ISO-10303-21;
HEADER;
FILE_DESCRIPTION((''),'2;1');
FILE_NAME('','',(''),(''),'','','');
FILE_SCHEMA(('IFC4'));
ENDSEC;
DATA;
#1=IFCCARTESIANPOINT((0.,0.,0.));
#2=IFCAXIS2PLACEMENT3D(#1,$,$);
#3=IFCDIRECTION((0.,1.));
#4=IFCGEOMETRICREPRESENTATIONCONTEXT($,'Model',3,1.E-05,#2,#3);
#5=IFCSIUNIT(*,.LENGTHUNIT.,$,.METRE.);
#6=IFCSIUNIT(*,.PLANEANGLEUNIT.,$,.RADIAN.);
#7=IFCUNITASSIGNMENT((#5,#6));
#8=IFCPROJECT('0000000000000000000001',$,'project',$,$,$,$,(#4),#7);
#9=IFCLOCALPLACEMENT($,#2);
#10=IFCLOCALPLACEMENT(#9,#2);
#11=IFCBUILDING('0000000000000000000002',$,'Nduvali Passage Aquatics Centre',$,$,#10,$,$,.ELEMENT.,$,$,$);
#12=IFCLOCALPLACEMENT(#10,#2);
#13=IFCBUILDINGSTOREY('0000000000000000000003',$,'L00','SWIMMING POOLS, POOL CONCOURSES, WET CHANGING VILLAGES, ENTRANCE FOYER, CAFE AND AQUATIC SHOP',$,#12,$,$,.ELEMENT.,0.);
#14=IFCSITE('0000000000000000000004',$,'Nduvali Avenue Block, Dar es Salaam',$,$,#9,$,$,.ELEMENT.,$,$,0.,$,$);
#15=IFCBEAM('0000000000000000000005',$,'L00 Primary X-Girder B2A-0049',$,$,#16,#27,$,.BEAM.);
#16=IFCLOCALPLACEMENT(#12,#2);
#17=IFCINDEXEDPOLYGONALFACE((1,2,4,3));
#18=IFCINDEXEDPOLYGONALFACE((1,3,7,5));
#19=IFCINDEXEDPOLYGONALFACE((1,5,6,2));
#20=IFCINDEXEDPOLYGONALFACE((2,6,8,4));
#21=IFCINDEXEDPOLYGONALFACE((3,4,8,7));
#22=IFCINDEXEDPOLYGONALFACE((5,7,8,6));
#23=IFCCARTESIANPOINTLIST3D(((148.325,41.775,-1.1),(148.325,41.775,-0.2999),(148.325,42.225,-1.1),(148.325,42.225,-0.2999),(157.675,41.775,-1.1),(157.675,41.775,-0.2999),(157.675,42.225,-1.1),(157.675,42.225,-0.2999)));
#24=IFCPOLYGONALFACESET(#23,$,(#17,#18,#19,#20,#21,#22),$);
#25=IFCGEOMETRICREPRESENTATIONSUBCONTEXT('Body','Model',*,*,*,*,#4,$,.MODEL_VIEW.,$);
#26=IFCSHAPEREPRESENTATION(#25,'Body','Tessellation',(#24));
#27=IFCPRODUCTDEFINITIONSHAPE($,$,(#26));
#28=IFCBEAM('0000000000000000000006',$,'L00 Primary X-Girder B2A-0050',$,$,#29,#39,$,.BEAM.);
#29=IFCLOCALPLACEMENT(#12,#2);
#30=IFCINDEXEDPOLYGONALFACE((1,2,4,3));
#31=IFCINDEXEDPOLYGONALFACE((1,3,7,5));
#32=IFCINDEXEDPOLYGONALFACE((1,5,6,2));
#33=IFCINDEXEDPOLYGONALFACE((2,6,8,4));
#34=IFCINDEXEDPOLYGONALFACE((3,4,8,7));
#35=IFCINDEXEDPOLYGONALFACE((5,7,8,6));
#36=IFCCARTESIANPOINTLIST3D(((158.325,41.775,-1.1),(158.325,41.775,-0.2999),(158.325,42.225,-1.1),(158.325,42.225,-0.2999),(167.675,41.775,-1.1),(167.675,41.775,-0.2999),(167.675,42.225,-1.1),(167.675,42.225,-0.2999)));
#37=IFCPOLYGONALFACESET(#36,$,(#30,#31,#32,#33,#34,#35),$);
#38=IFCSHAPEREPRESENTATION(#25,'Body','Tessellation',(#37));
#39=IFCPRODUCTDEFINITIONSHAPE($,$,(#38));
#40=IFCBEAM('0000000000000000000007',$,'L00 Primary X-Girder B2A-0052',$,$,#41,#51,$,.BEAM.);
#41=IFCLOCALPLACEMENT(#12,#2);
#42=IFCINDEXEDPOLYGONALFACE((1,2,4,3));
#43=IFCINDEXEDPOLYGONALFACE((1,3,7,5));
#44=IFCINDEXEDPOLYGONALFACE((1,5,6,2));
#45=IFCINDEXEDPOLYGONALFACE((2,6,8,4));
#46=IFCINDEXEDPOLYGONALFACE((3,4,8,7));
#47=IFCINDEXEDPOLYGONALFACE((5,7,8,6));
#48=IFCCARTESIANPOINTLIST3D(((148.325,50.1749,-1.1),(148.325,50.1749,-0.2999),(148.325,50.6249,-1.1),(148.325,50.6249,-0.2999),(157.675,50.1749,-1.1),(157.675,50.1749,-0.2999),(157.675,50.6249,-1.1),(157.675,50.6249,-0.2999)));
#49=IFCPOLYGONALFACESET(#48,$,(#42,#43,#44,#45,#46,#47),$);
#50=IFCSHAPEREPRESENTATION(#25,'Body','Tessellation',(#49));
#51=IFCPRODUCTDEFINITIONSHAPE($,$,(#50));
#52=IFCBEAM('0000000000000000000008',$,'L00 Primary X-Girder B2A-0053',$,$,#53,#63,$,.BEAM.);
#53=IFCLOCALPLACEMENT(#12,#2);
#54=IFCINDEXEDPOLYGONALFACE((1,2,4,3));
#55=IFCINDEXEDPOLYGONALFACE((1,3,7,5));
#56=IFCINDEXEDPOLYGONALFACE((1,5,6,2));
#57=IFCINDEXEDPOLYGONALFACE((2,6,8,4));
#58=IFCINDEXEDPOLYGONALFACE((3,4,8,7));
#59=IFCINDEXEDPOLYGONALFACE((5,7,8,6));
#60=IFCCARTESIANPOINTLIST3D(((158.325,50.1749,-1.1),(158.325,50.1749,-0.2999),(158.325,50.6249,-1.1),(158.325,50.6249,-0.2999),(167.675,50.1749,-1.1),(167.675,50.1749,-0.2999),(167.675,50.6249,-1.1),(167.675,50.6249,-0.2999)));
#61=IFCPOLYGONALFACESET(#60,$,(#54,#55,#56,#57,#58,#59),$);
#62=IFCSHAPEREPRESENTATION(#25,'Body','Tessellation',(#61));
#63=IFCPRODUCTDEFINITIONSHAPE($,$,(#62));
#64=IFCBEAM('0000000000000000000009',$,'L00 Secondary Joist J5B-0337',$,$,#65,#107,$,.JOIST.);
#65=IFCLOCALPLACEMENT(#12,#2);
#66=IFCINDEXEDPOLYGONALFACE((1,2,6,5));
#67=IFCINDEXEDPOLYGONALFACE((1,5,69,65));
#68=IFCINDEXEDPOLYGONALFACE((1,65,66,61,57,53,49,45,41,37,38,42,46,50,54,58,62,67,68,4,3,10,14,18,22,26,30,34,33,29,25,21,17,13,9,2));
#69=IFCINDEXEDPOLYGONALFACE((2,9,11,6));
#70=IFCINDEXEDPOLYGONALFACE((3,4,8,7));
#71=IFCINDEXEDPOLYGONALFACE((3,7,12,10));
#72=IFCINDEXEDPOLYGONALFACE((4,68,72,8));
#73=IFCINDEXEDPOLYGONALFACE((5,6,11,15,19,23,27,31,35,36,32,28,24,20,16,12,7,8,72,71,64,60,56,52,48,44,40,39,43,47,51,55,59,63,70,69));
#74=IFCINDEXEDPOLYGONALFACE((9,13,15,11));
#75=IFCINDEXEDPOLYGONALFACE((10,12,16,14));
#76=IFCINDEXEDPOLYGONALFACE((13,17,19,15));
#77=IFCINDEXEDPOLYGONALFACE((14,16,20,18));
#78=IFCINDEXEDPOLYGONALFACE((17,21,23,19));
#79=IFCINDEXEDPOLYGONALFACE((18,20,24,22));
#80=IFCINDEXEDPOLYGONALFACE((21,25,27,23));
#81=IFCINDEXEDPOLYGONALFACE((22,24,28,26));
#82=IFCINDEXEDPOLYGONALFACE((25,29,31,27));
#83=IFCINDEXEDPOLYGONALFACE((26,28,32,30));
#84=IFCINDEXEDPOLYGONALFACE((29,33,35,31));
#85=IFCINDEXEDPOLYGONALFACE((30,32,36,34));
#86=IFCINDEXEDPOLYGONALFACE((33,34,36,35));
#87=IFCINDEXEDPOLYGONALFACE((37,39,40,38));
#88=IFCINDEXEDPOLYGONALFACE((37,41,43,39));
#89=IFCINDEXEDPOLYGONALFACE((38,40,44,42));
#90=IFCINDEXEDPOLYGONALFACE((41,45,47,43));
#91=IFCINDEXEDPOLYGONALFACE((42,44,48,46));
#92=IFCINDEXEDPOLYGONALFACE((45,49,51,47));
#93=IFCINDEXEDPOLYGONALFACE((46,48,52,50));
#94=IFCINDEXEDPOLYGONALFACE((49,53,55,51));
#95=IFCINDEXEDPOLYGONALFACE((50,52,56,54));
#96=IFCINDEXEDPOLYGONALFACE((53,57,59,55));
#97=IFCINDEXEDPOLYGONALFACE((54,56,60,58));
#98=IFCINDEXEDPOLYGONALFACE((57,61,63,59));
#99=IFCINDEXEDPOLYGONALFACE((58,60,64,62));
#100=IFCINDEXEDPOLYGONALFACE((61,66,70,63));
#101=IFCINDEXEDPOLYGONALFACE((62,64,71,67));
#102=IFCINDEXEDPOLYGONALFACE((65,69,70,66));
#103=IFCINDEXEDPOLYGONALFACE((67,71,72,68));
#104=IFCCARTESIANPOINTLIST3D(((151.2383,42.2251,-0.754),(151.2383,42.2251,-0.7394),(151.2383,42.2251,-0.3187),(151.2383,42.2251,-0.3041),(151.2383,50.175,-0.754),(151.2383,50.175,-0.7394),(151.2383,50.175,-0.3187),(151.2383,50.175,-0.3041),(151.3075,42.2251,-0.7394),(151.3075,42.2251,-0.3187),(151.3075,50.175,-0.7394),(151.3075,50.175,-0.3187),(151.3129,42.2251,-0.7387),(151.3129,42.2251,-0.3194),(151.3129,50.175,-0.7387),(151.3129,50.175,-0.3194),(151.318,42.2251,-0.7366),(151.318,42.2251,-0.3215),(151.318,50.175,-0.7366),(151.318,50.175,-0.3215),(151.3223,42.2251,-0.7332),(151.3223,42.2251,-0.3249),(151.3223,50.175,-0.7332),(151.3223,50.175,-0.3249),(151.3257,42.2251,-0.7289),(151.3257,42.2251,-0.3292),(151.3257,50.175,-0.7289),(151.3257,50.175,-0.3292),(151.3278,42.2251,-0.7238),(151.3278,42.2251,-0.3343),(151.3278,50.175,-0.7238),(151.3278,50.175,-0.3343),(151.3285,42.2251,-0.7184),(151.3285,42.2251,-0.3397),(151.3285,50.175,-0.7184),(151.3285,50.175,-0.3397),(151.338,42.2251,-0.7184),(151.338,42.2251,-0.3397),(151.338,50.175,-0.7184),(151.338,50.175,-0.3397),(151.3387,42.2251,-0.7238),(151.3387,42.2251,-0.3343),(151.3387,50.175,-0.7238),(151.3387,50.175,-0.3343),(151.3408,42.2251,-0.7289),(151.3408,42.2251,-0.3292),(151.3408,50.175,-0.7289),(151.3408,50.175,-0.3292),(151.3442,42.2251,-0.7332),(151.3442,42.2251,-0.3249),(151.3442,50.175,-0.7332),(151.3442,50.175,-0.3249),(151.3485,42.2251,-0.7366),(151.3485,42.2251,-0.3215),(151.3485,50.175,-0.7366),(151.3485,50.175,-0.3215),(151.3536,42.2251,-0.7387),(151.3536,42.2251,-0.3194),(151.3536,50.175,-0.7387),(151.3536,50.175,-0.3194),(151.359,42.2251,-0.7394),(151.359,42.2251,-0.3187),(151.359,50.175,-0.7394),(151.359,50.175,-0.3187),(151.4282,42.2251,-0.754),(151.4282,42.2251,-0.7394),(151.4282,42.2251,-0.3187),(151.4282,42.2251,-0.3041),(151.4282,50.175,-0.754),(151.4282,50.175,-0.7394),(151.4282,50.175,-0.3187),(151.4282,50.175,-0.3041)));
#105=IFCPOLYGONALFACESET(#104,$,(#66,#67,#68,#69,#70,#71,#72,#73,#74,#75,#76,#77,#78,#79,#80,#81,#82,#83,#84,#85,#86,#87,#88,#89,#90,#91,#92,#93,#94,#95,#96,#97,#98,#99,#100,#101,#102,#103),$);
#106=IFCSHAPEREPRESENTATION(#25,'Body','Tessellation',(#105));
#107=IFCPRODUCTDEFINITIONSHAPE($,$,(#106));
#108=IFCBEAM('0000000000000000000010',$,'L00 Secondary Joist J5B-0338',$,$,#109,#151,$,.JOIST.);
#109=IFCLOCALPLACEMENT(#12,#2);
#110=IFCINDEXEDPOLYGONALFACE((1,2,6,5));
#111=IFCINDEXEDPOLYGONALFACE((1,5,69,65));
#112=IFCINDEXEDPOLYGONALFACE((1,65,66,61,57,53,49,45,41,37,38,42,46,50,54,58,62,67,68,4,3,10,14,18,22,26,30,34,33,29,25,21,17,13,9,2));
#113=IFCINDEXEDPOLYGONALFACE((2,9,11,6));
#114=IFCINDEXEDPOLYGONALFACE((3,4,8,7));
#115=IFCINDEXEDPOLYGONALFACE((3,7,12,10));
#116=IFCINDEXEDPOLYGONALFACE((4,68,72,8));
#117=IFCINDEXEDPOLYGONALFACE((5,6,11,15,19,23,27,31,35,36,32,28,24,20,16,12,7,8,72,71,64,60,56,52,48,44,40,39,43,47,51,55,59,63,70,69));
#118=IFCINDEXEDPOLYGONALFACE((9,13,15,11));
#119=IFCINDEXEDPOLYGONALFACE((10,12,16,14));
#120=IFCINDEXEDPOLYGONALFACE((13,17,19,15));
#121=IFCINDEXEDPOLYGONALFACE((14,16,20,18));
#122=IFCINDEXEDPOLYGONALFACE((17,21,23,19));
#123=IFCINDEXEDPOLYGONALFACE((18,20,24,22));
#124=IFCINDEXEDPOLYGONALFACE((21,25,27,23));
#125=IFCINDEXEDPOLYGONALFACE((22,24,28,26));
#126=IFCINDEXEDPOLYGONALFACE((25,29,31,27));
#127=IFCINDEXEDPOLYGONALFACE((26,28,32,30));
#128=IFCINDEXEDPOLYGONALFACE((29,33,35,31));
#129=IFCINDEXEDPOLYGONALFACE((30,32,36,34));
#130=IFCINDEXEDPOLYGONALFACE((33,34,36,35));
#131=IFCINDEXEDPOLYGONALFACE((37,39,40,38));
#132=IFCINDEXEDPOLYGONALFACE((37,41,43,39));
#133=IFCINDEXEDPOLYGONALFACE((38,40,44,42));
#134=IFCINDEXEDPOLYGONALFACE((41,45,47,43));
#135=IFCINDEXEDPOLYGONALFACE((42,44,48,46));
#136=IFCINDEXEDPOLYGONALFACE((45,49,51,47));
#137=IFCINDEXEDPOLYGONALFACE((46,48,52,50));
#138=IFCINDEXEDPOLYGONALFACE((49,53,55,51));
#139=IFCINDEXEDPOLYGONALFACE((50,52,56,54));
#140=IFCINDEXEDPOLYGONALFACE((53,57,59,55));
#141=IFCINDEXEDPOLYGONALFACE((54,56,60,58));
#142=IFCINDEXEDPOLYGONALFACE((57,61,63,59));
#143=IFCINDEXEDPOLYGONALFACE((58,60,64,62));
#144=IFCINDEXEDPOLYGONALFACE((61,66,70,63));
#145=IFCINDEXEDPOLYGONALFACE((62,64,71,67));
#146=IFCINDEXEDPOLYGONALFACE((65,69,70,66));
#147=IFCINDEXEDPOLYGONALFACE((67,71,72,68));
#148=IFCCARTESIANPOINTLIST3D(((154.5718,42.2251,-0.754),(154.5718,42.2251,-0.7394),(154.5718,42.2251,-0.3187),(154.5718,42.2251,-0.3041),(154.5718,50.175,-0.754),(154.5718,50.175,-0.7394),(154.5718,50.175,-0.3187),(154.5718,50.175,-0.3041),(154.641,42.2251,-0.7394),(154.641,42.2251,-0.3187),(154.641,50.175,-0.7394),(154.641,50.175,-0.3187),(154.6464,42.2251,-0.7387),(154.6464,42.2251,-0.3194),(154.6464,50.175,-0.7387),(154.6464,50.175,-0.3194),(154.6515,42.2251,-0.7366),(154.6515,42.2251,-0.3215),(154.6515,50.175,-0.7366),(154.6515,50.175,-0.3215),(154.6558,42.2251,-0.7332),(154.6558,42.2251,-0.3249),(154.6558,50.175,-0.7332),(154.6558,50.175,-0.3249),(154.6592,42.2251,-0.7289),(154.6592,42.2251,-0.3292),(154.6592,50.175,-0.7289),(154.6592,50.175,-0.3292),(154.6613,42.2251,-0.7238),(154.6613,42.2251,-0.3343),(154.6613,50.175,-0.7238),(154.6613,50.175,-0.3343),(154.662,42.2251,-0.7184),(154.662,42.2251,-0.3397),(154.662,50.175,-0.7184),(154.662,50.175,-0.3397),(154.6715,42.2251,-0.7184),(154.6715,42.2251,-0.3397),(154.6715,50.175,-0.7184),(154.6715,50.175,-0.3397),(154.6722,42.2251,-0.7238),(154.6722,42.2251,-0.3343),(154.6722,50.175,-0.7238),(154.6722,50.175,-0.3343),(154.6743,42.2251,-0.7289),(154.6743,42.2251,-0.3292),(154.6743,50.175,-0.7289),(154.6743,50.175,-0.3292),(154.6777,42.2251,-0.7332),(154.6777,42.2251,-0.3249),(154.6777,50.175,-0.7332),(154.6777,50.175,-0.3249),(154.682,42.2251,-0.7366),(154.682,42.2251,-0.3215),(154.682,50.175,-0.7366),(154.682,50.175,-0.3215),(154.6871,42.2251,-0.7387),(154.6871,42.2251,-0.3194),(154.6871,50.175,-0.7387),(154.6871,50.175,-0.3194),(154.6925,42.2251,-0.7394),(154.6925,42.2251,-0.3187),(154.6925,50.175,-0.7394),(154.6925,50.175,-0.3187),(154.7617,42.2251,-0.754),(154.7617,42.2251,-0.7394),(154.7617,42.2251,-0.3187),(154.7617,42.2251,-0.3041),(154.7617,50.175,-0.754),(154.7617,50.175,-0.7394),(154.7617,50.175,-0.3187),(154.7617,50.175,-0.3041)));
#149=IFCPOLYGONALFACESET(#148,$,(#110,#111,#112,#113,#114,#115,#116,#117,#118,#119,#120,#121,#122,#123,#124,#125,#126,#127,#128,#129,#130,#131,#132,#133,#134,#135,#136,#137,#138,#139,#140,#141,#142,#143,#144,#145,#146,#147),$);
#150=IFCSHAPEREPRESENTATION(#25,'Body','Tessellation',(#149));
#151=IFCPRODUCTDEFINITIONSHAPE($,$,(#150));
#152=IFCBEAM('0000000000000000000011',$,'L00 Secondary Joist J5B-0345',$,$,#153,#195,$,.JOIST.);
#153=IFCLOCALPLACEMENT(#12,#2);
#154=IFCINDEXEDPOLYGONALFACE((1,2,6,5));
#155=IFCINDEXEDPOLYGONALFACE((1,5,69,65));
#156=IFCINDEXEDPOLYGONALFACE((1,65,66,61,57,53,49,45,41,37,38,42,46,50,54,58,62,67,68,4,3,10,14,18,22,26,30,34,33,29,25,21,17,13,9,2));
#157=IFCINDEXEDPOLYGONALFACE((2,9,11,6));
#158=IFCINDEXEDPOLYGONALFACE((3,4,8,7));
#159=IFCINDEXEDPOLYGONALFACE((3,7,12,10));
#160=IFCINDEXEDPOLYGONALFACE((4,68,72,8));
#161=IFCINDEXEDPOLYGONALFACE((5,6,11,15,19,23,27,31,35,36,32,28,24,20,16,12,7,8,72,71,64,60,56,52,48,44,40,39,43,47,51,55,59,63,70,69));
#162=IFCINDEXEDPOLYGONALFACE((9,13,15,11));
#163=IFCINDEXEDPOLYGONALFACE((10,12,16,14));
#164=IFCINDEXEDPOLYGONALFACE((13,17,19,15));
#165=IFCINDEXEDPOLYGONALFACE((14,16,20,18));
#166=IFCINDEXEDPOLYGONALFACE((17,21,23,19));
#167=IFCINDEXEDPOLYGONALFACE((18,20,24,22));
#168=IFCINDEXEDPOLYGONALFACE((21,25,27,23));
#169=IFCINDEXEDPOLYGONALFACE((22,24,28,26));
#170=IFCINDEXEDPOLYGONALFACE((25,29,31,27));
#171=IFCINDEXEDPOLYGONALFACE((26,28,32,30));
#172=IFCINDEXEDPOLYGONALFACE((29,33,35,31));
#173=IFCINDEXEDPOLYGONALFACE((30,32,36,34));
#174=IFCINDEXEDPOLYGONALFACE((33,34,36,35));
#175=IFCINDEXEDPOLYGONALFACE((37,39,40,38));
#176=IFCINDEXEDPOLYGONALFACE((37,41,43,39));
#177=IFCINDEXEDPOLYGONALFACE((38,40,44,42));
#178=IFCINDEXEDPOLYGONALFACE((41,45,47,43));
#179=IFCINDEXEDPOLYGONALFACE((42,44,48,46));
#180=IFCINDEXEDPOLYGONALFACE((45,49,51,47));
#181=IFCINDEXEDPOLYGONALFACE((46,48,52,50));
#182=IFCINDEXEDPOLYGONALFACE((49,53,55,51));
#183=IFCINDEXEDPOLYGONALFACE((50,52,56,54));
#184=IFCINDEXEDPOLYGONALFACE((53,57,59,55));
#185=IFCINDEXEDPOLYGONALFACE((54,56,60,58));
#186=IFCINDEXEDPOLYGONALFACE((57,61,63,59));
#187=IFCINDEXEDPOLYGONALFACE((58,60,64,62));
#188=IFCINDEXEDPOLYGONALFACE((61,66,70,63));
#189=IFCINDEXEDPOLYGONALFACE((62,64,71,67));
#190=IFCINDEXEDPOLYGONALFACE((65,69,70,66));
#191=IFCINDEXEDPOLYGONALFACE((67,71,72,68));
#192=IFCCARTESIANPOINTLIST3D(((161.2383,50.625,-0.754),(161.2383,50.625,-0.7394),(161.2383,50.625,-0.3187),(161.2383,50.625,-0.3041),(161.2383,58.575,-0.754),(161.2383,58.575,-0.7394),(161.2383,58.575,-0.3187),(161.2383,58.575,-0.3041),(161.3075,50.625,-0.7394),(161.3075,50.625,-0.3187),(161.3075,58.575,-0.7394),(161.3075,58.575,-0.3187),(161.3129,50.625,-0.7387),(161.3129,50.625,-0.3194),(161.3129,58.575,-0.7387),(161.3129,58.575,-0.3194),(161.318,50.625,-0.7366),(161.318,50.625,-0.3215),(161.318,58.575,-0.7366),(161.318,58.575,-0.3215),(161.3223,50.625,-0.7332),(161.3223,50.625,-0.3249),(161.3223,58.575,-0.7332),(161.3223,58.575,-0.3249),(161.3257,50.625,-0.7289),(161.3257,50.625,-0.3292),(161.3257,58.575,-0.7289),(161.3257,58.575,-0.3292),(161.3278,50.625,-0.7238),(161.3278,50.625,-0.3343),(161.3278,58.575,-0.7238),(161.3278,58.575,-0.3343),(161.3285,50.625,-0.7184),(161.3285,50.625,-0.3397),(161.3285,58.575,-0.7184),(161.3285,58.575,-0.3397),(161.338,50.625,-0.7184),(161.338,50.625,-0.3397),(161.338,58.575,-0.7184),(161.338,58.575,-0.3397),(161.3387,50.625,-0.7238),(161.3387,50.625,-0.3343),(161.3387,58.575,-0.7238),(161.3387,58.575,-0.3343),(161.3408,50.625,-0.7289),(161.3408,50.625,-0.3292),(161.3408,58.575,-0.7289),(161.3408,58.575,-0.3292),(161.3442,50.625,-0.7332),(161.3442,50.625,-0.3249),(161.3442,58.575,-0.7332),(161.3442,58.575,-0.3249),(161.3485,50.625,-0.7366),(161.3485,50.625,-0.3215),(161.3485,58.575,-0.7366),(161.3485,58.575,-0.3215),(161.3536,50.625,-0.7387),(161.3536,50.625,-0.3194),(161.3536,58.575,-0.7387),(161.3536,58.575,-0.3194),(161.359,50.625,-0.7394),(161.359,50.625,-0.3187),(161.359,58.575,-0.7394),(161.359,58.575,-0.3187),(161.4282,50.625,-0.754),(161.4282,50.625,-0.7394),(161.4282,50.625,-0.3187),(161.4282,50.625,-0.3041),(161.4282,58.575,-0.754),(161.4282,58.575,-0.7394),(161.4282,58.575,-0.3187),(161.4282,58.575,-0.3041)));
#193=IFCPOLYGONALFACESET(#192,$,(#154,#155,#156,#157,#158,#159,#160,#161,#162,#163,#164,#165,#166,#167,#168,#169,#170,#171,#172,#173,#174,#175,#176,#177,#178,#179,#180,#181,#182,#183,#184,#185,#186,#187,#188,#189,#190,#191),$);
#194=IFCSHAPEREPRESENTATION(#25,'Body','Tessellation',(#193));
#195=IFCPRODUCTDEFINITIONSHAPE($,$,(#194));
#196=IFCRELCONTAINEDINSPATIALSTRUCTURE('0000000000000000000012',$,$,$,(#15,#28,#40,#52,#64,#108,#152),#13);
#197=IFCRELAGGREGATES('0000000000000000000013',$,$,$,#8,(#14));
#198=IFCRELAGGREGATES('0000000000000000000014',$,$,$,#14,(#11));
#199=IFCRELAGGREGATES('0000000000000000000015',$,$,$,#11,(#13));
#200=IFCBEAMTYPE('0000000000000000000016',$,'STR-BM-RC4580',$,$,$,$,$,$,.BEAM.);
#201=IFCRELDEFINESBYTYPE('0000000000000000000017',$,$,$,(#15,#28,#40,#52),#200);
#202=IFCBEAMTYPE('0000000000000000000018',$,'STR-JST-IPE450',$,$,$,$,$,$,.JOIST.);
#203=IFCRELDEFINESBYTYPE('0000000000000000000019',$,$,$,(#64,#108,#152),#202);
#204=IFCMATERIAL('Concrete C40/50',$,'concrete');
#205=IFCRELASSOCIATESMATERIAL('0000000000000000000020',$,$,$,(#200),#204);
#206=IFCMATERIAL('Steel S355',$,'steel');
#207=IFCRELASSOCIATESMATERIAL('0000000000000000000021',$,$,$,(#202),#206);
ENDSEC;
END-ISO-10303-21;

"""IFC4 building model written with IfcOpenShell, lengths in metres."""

from ifc_helpers import new_model, si_unit, direction, frame, origin, origin_2d, place, context, subcontext, project, spatial, rectangle, i_section, extrude, material, material_profile, profile_set, type_object, element, save


model = new_model("IFC4")

# Units and contexts
model_context = context("Model", 3, precision=1e-05, world=origin(), true_north=direction((0.0, 1.0)))
body_context = subcontext(model_context, "Body", "Model", "MODEL_VIEW")
ifc_project = project(units=[si_unit("LENGTHUNIT", "METRE"), si_unit("PLANEANGLEUNIT", "RADIAN")], contexts=[model_context])

# Site, building, storey
site_placement = place(None, origin())
site = spatial("IfcSite", under=ifc_project, at=site_placement, Name="Nduvali Avenue Block, Dar es Salaam", CompositionType="ELEMENT", RefElevation=0.0)
building_placement = place(site_placement, origin())
building = spatial("IfcBuilding", under=site, at=building_placement, Name="Nduvali Passage Aquatics Centre", CompositionType="ELEMENT")
storey_placement = place(building_placement, origin())
storey = spatial("IfcBuildingStorey", under=building, at=storey_placement, Name="L00", Description="SWIMMING POOLS, POOL CONCOURSES, WET CHANGING VILLAGES, ENTRANCE FOYER, CAFE AND AQUATIC SHOP", CompositionType="ELEMENT", Elevation=0.0)

# Shared definitions
ifc_material_1 = material(Name="Concrete C40/50", Category="concrete")

# Beams
ifc_material_profile_1 = material_profile(ifc_material_1, rectangle(XDim=0.45, YDim=0.8, at=origin_2d()), Name="RC 450x800")
ifc_profile_set_1 = profile_set([ifc_material_profile_1], Name="Concrete C40/50")
beam_type_1 = type_object("IfcBeamType", Name="STR-BM-RC4580", PredefinedType="BEAM", material=ifc_profile_set_1)
for number, where, z_axis, x_axis, name in (
    (1, (148.325, 42.0, -0.7), (1.0, 0.0, 0.0), (0.0, 1.0, 0.0), "L00 Primary X-Girder B2A-0049"),
    (2, (158.325, 42.0, -0.7), (1.0, 0.0, 0.0), (0.0, 1.0, 0.0), "L00 Primary X-Girder B2A-0050"),
    (3, (148.325, 50.3999, -0.7), (1.0, 0.0, 0.0), (0.0, 1.0, 0.0), "L00 Primary X-Girder B2A-0052"),
    (4, (158.325, 50.3999, -0.7), (1.0, 0.0, 0.0), (0.0, 1.0, 0.0), "L00 Primary X-Girder B2A-0053"),
):
    element("IfcBeam", number, at=place(storey_placement, frame(where, z_axis=z_axis, x_axis=x_axis)), inside=storey, type_object=beam_type_1, Name=name, PredefinedType="BEAM", context=body_context, shape_type="SweptSolid", body=[
        extrude(rectangle(XDim=0.45, YDim=0.8, at=origin_2d()), origin(), (0.0, 0.0, 1.0), 9.3501),
    ])
ifc_material_2 = material(Name="Steel S355", Category="steel")
ifc_material_profile_2 = material_profile(ifc_material_2, i_section(OverallWidth=0.1899, OverallDepth=0.45, WebThickness=0.0095, FlangeThickness=0.0146, FilletRadius=0.021, at=origin_2d()), Name="IPE 450")
ifc_profile_set_2 = profile_set([ifc_material_profile_2], Name="Steel S355")
beam_type_2 = type_object("IfcBeamType", Name="STR-JST-IPE450", PredefinedType="JOIST", material=ifc_profile_set_2)
for number, where, z_axis, x_axis, name in (
    (5, (151.3333, 42.2251, -0.5291), (0.0, 1.0, 0.0), (-1.0, 0.0, 0.0), "L00 Secondary Joist J5B-0337"),
    (6, (154.6667, 42.2251, -0.5291), (0.0, 1.0, 0.0), (-1.0, 0.0, 0.0), "L00 Secondary Joist J5B-0338"),
    (7, (161.3333, 50.625, -0.5291), (0.0, 1.0, 0.0), (-1.0, 0.0, 0.0), "L00 Secondary Joist J5B-0345"),
):
    element("IfcBeam", number, at=place(storey_placement, frame(where, z_axis=z_axis, x_axis=x_axis)), inside=storey, type_object=beam_type_2, Name=name, PredefinedType="JOIST", context=body_context, shape_type="SweptSolid", body=[
        extrude(i_section(OverallWidth=0.1899, OverallDepth=0.45, WebThickness=0.0095, FlangeThickness=0.0146, FilletRadius=0.021, at=origin_2d()), origin(), (0.0, 0.0, 1.0), 7.95),
    ])

save(model, "model.ifc")
